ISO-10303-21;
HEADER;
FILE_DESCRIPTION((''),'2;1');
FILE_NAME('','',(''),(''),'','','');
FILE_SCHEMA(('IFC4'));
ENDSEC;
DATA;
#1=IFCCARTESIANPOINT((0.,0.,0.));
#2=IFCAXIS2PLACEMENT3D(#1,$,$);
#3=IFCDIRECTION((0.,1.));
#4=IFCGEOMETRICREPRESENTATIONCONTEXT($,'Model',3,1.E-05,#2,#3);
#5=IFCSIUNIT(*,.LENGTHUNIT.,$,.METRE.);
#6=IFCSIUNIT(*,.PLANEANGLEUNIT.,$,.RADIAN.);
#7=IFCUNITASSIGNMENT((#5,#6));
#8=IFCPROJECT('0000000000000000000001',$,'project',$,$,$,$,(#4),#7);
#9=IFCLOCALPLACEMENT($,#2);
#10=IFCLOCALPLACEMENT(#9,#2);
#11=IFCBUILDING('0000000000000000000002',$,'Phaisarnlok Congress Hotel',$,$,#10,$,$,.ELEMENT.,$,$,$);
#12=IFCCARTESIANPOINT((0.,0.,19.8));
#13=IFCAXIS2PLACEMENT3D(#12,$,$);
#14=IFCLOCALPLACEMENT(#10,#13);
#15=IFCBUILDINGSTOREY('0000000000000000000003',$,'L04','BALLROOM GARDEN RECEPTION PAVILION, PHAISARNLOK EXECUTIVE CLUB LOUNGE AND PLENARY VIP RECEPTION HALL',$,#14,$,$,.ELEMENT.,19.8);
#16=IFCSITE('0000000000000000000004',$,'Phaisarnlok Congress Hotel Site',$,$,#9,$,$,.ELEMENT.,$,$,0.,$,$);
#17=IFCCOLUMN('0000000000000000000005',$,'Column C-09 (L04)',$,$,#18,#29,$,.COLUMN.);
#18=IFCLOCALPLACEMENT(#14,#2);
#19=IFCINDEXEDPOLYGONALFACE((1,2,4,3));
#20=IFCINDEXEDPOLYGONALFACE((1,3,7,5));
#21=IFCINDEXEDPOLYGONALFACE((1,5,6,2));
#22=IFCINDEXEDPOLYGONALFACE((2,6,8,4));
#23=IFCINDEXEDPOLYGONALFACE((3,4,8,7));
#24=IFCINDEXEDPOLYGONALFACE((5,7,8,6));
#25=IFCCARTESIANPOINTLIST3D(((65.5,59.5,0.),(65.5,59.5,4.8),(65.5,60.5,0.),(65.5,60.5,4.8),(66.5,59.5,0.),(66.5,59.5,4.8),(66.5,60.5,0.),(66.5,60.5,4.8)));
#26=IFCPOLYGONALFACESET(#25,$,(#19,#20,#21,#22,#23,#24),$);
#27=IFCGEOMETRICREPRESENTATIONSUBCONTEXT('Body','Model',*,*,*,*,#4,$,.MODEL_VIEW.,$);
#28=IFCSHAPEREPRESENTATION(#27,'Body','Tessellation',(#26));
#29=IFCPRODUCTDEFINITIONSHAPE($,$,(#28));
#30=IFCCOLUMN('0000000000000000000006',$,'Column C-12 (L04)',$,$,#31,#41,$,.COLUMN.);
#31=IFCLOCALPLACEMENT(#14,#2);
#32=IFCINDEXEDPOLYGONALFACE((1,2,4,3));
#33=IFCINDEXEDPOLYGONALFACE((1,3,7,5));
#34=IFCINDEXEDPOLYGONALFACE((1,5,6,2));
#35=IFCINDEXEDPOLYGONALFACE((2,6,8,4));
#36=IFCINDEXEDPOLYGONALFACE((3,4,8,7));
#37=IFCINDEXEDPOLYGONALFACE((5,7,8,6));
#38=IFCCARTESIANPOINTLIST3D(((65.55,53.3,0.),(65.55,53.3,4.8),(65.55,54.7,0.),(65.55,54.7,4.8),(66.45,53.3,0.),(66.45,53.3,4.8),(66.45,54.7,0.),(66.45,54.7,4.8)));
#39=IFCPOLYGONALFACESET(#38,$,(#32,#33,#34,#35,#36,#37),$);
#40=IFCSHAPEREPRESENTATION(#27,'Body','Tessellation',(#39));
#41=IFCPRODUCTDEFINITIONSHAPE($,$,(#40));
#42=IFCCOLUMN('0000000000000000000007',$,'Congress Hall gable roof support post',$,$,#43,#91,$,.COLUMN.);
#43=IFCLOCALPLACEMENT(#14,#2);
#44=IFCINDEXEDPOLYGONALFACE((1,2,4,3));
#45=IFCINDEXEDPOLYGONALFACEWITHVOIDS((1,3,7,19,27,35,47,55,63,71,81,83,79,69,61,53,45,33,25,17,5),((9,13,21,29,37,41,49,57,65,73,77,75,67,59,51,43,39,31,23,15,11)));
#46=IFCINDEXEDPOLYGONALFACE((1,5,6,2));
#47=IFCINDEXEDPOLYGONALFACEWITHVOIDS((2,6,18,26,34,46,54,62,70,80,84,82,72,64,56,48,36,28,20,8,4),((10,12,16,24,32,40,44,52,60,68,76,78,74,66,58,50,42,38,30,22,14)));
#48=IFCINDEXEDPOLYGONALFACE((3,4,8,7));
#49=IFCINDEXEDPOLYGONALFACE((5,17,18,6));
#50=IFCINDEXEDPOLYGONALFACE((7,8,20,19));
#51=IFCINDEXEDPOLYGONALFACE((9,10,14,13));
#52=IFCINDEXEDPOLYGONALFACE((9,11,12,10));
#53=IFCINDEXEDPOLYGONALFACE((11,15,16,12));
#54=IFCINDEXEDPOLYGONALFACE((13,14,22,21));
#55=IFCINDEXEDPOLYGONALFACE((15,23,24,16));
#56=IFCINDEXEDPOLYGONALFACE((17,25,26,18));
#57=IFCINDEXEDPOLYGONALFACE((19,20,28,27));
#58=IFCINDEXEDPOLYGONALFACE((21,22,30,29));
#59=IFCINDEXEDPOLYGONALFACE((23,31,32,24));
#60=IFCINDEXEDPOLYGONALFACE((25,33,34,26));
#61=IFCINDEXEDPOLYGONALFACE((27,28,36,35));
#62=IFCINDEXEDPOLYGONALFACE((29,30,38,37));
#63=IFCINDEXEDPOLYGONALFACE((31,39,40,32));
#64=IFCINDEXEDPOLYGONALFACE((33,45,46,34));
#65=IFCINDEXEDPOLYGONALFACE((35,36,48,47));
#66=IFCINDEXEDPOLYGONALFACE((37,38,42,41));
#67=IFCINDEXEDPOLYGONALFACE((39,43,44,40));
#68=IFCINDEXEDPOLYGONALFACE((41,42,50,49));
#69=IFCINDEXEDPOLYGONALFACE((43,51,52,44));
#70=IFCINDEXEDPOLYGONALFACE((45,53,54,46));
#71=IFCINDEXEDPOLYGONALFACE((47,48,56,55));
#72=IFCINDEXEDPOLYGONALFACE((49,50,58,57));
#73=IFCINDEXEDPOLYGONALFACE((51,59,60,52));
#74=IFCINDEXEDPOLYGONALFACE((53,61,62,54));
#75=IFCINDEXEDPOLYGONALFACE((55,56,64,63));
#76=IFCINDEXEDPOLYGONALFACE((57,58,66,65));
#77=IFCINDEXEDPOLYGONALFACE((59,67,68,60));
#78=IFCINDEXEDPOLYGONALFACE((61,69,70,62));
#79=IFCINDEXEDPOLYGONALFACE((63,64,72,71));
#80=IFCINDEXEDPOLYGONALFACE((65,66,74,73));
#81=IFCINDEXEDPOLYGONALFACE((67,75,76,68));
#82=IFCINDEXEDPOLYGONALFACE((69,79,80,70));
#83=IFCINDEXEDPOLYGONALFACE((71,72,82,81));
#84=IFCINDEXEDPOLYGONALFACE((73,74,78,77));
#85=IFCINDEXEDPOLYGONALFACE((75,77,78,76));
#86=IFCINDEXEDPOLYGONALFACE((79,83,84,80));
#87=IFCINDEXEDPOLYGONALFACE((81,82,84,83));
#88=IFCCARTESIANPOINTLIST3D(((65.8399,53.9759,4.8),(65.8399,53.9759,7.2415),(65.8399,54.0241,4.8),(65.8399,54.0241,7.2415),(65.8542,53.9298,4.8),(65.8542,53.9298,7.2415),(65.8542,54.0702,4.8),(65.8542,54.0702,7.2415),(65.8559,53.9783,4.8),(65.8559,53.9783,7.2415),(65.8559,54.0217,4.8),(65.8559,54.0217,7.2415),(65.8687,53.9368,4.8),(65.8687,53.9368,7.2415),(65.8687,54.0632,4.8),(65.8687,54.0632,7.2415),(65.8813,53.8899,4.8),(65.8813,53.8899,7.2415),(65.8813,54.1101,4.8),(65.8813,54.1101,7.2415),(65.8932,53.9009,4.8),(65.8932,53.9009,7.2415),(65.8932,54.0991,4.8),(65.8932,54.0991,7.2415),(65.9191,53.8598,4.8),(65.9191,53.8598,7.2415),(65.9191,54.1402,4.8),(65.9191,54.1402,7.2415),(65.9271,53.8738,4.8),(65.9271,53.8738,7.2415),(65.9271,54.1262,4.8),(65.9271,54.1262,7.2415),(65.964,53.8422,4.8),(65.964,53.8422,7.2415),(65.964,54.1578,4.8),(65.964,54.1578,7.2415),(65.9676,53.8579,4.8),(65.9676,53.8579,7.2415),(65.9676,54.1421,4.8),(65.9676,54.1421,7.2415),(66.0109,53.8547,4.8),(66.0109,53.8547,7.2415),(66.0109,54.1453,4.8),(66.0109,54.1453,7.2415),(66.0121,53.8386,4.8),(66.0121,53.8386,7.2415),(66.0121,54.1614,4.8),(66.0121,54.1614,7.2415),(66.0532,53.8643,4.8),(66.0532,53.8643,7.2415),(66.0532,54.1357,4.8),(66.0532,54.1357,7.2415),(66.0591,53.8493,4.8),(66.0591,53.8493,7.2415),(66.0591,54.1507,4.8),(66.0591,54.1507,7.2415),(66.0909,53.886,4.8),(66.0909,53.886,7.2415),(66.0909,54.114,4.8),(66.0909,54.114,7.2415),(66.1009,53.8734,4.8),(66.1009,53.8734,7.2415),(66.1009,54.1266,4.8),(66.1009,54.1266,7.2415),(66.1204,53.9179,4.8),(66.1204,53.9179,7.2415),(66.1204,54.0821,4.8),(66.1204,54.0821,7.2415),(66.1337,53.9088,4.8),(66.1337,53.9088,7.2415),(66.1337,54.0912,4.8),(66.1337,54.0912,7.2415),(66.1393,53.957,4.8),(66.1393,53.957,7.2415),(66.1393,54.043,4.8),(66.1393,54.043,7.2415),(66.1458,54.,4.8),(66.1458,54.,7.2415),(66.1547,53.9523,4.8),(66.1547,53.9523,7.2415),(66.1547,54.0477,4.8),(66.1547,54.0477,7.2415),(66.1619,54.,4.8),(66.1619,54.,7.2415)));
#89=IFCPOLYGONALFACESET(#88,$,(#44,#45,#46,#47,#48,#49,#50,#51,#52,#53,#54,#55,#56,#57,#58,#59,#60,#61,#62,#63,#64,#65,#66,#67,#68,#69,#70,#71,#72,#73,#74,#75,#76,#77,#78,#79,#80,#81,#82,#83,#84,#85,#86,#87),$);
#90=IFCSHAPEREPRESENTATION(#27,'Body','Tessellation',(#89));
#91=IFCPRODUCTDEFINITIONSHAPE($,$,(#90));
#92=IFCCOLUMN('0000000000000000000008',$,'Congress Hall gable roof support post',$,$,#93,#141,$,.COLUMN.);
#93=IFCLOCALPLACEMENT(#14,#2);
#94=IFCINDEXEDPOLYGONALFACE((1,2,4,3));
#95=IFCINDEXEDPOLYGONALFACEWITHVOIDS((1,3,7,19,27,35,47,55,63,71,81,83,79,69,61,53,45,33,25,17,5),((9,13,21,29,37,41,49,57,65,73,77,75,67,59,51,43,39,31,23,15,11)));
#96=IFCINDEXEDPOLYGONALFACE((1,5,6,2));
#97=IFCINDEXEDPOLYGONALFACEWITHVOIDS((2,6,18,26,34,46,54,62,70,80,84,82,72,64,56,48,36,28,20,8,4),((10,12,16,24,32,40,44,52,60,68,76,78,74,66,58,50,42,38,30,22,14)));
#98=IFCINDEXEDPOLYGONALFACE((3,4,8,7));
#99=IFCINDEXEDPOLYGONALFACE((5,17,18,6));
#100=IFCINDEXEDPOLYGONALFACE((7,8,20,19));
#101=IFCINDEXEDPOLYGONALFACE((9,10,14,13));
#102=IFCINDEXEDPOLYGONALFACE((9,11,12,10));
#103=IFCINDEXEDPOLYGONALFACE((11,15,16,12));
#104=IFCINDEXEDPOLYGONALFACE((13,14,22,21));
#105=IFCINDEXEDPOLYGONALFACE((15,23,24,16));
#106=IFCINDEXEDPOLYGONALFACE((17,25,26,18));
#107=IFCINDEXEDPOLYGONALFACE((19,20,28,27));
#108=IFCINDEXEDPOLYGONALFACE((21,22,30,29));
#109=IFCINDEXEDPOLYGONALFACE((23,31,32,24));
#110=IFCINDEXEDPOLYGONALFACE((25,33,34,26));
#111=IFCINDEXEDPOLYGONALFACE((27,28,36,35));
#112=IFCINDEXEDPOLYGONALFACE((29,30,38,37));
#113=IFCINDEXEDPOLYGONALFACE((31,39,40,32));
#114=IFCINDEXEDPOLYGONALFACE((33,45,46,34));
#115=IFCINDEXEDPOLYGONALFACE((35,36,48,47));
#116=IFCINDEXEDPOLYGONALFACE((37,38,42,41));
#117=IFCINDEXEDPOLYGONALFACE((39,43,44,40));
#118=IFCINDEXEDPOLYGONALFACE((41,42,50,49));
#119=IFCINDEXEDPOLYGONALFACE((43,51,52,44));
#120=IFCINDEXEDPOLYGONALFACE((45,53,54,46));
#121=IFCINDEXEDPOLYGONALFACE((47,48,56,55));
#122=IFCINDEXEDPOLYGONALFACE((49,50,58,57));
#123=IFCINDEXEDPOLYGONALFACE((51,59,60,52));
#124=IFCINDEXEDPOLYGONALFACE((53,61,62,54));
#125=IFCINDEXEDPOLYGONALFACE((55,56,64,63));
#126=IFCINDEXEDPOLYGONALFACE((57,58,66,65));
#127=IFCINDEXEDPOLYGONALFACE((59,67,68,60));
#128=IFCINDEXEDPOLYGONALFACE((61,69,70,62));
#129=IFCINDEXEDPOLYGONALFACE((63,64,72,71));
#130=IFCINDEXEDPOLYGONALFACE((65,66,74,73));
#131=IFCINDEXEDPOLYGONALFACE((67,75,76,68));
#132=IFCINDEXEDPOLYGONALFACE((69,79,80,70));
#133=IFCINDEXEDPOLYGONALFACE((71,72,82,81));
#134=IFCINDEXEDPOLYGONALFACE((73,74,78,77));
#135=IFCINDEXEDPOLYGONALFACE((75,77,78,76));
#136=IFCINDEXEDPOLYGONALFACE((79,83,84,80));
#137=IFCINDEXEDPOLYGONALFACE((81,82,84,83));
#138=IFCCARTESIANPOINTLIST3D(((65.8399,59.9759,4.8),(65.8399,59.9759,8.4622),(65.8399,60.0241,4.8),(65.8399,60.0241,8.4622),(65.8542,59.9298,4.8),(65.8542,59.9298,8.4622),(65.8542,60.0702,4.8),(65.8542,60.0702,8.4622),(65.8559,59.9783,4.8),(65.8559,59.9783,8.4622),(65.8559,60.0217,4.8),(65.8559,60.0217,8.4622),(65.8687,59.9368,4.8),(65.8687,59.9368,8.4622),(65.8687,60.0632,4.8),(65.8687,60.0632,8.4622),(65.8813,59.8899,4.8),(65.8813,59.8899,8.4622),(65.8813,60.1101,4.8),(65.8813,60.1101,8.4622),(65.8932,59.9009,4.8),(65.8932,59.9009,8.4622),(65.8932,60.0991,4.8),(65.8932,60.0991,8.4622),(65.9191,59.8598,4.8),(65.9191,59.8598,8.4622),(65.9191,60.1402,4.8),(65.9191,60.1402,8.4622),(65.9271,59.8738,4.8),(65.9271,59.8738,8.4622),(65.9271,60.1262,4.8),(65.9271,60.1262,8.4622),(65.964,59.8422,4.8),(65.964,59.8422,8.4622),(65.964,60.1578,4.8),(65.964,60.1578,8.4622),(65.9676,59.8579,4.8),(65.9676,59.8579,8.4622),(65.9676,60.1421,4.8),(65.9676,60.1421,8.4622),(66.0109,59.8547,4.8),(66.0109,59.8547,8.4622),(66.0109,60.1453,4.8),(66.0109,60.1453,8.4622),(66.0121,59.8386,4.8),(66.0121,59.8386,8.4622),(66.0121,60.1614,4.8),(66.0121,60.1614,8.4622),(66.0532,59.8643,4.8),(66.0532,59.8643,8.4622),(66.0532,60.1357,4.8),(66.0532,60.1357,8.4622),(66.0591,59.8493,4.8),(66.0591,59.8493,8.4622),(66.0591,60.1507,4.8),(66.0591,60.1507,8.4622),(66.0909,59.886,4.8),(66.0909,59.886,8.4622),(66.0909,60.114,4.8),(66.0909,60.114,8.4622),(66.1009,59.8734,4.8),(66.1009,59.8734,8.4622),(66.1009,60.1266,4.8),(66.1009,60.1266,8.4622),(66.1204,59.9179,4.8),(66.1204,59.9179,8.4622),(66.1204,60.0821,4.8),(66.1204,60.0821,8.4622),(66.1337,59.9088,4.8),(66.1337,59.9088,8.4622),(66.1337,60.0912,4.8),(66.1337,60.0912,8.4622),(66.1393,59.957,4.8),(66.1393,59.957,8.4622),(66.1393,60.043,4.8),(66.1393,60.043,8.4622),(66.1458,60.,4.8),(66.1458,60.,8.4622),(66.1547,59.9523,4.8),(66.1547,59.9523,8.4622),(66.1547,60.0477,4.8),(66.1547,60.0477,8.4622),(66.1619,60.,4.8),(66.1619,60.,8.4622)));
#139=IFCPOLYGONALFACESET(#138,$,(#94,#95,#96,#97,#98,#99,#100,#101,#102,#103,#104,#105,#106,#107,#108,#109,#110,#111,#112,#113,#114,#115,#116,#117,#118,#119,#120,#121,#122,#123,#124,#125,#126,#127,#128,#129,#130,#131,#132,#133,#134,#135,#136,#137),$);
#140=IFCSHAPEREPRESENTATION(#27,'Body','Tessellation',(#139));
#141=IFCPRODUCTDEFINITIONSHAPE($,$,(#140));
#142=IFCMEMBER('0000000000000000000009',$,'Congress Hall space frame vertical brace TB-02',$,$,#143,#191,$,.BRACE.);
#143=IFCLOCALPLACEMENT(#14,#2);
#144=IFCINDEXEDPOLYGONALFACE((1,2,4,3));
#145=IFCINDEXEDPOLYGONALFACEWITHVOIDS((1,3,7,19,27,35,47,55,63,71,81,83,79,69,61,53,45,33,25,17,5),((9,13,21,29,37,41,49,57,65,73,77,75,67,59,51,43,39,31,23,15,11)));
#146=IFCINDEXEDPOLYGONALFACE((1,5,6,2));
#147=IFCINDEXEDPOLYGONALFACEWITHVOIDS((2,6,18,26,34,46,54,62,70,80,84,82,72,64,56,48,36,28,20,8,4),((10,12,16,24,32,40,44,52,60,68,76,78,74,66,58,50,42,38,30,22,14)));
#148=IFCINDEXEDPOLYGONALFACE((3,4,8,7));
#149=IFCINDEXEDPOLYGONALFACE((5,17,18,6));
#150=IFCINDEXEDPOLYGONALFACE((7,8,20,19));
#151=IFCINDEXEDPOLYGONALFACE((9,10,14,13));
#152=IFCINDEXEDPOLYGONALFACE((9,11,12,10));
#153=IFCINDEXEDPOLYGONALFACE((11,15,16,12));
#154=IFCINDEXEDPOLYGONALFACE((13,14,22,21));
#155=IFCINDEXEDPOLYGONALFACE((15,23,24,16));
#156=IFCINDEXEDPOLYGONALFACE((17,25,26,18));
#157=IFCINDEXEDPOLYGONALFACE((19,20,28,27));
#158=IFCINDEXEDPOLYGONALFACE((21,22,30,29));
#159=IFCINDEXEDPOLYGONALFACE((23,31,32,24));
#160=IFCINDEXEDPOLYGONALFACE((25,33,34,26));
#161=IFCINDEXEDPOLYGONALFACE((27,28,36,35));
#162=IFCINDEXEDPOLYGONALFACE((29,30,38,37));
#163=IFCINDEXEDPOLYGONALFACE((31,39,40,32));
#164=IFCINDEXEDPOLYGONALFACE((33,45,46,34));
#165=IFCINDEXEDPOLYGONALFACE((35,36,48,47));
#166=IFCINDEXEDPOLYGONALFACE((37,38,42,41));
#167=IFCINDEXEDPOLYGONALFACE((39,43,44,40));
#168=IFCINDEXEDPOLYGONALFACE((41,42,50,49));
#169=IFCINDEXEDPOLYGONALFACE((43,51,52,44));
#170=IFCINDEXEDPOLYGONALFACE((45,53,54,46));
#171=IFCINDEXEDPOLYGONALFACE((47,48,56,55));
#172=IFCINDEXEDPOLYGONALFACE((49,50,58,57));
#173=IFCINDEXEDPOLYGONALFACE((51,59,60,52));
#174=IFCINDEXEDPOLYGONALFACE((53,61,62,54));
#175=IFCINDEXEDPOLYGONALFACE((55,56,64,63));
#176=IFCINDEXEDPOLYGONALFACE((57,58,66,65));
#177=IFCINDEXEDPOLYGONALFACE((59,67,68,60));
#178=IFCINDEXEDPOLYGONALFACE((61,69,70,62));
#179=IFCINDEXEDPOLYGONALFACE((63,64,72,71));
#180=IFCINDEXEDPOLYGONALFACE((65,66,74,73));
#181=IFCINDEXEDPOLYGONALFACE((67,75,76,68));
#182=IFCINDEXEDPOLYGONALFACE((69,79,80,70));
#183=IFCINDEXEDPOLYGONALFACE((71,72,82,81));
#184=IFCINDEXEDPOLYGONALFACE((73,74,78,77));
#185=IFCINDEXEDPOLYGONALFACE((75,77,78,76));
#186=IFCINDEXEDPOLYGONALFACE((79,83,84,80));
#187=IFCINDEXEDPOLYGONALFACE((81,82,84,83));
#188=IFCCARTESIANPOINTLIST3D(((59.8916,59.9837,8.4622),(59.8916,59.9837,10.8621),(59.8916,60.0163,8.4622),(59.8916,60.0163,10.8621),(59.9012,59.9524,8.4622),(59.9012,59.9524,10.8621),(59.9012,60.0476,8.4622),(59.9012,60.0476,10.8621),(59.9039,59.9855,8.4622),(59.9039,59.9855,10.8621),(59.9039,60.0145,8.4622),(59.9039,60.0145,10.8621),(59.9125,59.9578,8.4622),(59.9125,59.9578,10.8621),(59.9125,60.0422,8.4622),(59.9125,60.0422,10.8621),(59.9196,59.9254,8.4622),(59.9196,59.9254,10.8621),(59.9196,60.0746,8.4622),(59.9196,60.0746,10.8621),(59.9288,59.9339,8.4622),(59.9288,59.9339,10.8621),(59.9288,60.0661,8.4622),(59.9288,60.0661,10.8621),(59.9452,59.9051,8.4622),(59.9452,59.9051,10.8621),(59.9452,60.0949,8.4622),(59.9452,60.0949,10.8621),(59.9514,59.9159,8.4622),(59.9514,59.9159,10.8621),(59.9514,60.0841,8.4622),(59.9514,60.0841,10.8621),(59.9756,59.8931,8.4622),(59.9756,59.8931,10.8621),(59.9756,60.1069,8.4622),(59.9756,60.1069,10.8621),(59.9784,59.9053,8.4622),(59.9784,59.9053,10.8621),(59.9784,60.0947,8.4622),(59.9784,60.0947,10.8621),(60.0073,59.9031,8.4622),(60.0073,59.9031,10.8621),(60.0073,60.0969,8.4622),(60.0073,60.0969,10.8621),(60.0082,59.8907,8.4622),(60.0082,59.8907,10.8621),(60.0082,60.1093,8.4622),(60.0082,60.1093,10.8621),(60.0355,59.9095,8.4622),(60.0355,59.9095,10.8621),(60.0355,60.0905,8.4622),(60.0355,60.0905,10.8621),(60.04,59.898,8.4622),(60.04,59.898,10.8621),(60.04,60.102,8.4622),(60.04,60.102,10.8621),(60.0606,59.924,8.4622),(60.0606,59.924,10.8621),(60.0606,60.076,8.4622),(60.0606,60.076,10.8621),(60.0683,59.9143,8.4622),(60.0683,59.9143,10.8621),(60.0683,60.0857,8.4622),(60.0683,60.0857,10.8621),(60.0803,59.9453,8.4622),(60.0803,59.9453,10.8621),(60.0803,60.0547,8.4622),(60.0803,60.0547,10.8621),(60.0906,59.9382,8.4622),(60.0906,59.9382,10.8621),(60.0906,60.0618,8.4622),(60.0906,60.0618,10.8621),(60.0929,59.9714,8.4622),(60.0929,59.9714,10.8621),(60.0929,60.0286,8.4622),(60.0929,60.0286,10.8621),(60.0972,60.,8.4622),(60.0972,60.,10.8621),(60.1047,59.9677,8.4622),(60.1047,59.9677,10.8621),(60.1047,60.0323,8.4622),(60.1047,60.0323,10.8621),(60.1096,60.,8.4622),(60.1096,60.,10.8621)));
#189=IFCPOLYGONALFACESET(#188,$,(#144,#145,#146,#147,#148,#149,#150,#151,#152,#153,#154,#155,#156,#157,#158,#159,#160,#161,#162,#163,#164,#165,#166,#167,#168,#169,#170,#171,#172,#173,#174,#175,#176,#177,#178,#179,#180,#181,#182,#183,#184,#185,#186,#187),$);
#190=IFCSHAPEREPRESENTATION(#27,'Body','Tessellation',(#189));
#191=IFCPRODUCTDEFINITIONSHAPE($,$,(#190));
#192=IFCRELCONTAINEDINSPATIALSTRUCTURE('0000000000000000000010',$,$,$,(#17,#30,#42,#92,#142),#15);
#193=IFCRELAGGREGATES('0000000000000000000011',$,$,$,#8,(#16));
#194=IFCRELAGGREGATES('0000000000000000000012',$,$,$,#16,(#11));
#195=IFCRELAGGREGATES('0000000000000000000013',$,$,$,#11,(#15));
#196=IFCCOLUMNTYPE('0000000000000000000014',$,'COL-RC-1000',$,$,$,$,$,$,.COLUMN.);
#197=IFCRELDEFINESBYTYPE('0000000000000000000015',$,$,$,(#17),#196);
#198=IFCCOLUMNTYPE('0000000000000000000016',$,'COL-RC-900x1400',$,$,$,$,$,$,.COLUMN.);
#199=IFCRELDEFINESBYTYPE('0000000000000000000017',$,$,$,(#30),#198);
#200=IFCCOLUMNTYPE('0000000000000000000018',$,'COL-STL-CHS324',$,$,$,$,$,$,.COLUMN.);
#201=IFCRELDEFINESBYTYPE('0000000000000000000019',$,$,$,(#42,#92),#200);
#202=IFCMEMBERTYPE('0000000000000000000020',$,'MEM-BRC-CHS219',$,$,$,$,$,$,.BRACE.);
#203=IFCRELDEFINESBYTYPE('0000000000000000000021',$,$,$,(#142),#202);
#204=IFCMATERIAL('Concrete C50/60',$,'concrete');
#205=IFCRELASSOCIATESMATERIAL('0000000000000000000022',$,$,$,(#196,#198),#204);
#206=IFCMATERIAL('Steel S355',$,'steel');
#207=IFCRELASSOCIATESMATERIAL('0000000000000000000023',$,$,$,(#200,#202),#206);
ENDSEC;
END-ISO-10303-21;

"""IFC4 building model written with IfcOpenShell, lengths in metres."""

from ifc_helpers import new_model, si_unit, direction, frame, origin, origin_2d, place, context, subcontext, project, spatial, rectangle, hollow_circle, extrude, material, material_profile, profile_set, type_object, element, save


model = new_model("IFC4")

# Units and contexts
model_context = context("Model", 3, precision=1e-05, world=origin(), true_north=direction((0.0, 1.0)))
body_context = subcontext(model_context, "Body", "Model", "MODEL_VIEW")
ifc_project = project(units=[si_unit("LENGTHUNIT", "METRE"), si_unit("PLANEANGLEUNIT", "RADIAN")], contexts=[model_context])

# Site, building, storey
site_placement = place(None, origin())
site = spatial("IfcSite", under=ifc_project, at=site_placement, Name="Phaisarnlok Congress Hotel Site", CompositionType="ELEMENT", RefElevation=0.0)
building_placement = place(site_placement, origin())
building = spatial("IfcBuilding", under=site, at=building_placement, Name="Phaisarnlok Congress Hotel", CompositionType="ELEMENT")
storey_placement = place(building_placement, frame((0.0, 0.0, 19.8)))
storey = spatial("IfcBuildingStorey", under=building, at=storey_placement, Name="L04", Description="BALLROOM GARDEN RECEPTION PAVILION, PHAISARNLOK EXECUTIVE CLUB LOUNGE AND PLENARY VIP RECEPTION HALL", CompositionType="ELEMENT", Elevation=19.8)

# Columns
ifc_material_1 = material(Name="Concrete C50/60", Category="concrete")
ifc_material_profile_1 = material_profile(ifc_material_1, rectangle(XDim=1.0, YDim=1.0, at=origin_2d()), Name="RC 1000x1000")
ifc_profile_set_1 = profile_set([ifc_material_profile_1], Name="Concrete C50/60")
column_type_1 = type_object("IfcColumnType", Name="COL-RC-1000", PredefinedType="COLUMN", material=ifc_profile_set_1)
column_1_placement = place(storey_placement, frame((66.0, 60.0, 0.0), z_axis=(0.0, 0.0, 1.0), x_axis=(1.0, 0.0, 0.0)))
element("IfcColumn", 1, at=column_1_placement, inside=storey, type_object=column_type_1, Name="Column C-09 (L04)", PredefinedType="COLUMN", context=body_context, shape_type="SweptSolid", body=[
    extrude(rectangle(XDim=1.0, YDim=1.0, at=origin_2d()), origin(), (0.0, 0.0, 1.0), 4.8),
])
ifc_material_profile_2 = material_profile(ifc_material_1, rectangle(XDim=0.8999, YDim=1.3999, at=origin_2d()), Name="RC 900x1400")
ifc_profile_set_2 = profile_set([ifc_material_profile_2], Name="Concrete C50/60")
column_type_2 = type_object("IfcColumnType", Name="COL-RC-900x1400", PredefinedType="COLUMN", material=ifc_profile_set_2)
column_2_placement = place(storey_placement, frame((66.0, 54.0, 0.0), z_axis=(0.0, 0.0, 1.0), x_axis=(1.0, 0.0, 0.0)))
element("IfcColumn", 2, at=column_2_placement, inside=storey, type_object=column_type_2, Name="Column C-12 (L04)", PredefinedType="COLUMN", context=body_context, shape_type="SweptSolid", body=[
    extrude(rectangle(XDim=0.8999, YDim=1.3999, at=origin_2d()), origin(), (0.0, 0.0, 1.0), 4.8),
])
ifc_material_2 = material(Name="Steel S355", Category="steel")
ifc_material_profile_3 = material_profile(ifc_material_2, hollow_circle(Radius=0.1619, WallThickness=0.0161, at=origin_2d()), Name="CHS 323.9x16")
ifc_profile_set_3 = profile_set([ifc_material_profile_3], Name="Steel S355")
column_type_3 = type_object("IfcColumnType", Name="COL-STL-CHS324", PredefinedType="COLUMN", material=ifc_profile_set_3)
column_3_placement = place(storey_placement, frame((66.0, 54.0, 4.8), z_axis=(0.0, 0.0, 1.0), x_axis=(1.0, 0.0, 0.0)))
element("IfcColumn", 3, at=column_3_placement, inside=storey, type_object=column_type_3, Name="Congress Hall gable roof support post", PredefinedType="COLUMN", context=body_context, shape_type="SweptSolid", body=[
    extrude(hollow_circle(Radius=0.1619, WallThickness=0.0161, at=origin_2d()), origin(), (0.0, 0.0, 1.0), 2.4414),
])
column_4_placement = place(storey_placement, frame((66.0, 60.0, 4.8), z_axis=(0.0, 0.0, 1.0), x_axis=(1.0, 0.0, 0.0)))
element("IfcColumn", 4, at=column_4_placement, inside=storey, type_object=column_type_3, Name="Congress Hall gable roof support post", PredefinedType="COLUMN", context=body_context, shape_type="SweptSolid", body=[
    extrude(hollow_circle(Radius=0.1619, WallThickness=0.0161, at=origin_2d()), origin(), (0.0, 0.0, 1.0), 3.6621),
])

# Member
ifc_material_profile_4 = material_profile(ifc_material_2, hollow_circle(Radius=0.1096, WallThickness=0.0125, at=origin_2d()), Name="CHS 219.1x12.5")
ifc_profile_set_4 = profile_set([ifc_material_profile_4], Name="Steel S355")
member_type_1 = type_object("IfcMemberType", Name="MEM-BRC-CHS219", PredefinedType="BRACE", material=ifc_profile_set_4)
member_1_placement = place(storey_placement, frame((60.0, 60.0, 8.4622), z_axis=(0.0, 0.0, 1.0), x_axis=(1.0, 0.0, 0.0)))
element("IfcMember", 5, at=member_1_placement, inside=storey, type_object=member_type_1, Name="Congress Hall space frame vertical brace TB-02", PredefinedType="BRACE", context=body_context, shape_type="SweptSolid", body=[
    extrude(hollow_circle(Radius=0.1096, WallThickness=0.0125, at=origin_2d()), origin(), (0.0, 0.0, 1.0), 2.3999),
])

save(model, "model.ifc")
